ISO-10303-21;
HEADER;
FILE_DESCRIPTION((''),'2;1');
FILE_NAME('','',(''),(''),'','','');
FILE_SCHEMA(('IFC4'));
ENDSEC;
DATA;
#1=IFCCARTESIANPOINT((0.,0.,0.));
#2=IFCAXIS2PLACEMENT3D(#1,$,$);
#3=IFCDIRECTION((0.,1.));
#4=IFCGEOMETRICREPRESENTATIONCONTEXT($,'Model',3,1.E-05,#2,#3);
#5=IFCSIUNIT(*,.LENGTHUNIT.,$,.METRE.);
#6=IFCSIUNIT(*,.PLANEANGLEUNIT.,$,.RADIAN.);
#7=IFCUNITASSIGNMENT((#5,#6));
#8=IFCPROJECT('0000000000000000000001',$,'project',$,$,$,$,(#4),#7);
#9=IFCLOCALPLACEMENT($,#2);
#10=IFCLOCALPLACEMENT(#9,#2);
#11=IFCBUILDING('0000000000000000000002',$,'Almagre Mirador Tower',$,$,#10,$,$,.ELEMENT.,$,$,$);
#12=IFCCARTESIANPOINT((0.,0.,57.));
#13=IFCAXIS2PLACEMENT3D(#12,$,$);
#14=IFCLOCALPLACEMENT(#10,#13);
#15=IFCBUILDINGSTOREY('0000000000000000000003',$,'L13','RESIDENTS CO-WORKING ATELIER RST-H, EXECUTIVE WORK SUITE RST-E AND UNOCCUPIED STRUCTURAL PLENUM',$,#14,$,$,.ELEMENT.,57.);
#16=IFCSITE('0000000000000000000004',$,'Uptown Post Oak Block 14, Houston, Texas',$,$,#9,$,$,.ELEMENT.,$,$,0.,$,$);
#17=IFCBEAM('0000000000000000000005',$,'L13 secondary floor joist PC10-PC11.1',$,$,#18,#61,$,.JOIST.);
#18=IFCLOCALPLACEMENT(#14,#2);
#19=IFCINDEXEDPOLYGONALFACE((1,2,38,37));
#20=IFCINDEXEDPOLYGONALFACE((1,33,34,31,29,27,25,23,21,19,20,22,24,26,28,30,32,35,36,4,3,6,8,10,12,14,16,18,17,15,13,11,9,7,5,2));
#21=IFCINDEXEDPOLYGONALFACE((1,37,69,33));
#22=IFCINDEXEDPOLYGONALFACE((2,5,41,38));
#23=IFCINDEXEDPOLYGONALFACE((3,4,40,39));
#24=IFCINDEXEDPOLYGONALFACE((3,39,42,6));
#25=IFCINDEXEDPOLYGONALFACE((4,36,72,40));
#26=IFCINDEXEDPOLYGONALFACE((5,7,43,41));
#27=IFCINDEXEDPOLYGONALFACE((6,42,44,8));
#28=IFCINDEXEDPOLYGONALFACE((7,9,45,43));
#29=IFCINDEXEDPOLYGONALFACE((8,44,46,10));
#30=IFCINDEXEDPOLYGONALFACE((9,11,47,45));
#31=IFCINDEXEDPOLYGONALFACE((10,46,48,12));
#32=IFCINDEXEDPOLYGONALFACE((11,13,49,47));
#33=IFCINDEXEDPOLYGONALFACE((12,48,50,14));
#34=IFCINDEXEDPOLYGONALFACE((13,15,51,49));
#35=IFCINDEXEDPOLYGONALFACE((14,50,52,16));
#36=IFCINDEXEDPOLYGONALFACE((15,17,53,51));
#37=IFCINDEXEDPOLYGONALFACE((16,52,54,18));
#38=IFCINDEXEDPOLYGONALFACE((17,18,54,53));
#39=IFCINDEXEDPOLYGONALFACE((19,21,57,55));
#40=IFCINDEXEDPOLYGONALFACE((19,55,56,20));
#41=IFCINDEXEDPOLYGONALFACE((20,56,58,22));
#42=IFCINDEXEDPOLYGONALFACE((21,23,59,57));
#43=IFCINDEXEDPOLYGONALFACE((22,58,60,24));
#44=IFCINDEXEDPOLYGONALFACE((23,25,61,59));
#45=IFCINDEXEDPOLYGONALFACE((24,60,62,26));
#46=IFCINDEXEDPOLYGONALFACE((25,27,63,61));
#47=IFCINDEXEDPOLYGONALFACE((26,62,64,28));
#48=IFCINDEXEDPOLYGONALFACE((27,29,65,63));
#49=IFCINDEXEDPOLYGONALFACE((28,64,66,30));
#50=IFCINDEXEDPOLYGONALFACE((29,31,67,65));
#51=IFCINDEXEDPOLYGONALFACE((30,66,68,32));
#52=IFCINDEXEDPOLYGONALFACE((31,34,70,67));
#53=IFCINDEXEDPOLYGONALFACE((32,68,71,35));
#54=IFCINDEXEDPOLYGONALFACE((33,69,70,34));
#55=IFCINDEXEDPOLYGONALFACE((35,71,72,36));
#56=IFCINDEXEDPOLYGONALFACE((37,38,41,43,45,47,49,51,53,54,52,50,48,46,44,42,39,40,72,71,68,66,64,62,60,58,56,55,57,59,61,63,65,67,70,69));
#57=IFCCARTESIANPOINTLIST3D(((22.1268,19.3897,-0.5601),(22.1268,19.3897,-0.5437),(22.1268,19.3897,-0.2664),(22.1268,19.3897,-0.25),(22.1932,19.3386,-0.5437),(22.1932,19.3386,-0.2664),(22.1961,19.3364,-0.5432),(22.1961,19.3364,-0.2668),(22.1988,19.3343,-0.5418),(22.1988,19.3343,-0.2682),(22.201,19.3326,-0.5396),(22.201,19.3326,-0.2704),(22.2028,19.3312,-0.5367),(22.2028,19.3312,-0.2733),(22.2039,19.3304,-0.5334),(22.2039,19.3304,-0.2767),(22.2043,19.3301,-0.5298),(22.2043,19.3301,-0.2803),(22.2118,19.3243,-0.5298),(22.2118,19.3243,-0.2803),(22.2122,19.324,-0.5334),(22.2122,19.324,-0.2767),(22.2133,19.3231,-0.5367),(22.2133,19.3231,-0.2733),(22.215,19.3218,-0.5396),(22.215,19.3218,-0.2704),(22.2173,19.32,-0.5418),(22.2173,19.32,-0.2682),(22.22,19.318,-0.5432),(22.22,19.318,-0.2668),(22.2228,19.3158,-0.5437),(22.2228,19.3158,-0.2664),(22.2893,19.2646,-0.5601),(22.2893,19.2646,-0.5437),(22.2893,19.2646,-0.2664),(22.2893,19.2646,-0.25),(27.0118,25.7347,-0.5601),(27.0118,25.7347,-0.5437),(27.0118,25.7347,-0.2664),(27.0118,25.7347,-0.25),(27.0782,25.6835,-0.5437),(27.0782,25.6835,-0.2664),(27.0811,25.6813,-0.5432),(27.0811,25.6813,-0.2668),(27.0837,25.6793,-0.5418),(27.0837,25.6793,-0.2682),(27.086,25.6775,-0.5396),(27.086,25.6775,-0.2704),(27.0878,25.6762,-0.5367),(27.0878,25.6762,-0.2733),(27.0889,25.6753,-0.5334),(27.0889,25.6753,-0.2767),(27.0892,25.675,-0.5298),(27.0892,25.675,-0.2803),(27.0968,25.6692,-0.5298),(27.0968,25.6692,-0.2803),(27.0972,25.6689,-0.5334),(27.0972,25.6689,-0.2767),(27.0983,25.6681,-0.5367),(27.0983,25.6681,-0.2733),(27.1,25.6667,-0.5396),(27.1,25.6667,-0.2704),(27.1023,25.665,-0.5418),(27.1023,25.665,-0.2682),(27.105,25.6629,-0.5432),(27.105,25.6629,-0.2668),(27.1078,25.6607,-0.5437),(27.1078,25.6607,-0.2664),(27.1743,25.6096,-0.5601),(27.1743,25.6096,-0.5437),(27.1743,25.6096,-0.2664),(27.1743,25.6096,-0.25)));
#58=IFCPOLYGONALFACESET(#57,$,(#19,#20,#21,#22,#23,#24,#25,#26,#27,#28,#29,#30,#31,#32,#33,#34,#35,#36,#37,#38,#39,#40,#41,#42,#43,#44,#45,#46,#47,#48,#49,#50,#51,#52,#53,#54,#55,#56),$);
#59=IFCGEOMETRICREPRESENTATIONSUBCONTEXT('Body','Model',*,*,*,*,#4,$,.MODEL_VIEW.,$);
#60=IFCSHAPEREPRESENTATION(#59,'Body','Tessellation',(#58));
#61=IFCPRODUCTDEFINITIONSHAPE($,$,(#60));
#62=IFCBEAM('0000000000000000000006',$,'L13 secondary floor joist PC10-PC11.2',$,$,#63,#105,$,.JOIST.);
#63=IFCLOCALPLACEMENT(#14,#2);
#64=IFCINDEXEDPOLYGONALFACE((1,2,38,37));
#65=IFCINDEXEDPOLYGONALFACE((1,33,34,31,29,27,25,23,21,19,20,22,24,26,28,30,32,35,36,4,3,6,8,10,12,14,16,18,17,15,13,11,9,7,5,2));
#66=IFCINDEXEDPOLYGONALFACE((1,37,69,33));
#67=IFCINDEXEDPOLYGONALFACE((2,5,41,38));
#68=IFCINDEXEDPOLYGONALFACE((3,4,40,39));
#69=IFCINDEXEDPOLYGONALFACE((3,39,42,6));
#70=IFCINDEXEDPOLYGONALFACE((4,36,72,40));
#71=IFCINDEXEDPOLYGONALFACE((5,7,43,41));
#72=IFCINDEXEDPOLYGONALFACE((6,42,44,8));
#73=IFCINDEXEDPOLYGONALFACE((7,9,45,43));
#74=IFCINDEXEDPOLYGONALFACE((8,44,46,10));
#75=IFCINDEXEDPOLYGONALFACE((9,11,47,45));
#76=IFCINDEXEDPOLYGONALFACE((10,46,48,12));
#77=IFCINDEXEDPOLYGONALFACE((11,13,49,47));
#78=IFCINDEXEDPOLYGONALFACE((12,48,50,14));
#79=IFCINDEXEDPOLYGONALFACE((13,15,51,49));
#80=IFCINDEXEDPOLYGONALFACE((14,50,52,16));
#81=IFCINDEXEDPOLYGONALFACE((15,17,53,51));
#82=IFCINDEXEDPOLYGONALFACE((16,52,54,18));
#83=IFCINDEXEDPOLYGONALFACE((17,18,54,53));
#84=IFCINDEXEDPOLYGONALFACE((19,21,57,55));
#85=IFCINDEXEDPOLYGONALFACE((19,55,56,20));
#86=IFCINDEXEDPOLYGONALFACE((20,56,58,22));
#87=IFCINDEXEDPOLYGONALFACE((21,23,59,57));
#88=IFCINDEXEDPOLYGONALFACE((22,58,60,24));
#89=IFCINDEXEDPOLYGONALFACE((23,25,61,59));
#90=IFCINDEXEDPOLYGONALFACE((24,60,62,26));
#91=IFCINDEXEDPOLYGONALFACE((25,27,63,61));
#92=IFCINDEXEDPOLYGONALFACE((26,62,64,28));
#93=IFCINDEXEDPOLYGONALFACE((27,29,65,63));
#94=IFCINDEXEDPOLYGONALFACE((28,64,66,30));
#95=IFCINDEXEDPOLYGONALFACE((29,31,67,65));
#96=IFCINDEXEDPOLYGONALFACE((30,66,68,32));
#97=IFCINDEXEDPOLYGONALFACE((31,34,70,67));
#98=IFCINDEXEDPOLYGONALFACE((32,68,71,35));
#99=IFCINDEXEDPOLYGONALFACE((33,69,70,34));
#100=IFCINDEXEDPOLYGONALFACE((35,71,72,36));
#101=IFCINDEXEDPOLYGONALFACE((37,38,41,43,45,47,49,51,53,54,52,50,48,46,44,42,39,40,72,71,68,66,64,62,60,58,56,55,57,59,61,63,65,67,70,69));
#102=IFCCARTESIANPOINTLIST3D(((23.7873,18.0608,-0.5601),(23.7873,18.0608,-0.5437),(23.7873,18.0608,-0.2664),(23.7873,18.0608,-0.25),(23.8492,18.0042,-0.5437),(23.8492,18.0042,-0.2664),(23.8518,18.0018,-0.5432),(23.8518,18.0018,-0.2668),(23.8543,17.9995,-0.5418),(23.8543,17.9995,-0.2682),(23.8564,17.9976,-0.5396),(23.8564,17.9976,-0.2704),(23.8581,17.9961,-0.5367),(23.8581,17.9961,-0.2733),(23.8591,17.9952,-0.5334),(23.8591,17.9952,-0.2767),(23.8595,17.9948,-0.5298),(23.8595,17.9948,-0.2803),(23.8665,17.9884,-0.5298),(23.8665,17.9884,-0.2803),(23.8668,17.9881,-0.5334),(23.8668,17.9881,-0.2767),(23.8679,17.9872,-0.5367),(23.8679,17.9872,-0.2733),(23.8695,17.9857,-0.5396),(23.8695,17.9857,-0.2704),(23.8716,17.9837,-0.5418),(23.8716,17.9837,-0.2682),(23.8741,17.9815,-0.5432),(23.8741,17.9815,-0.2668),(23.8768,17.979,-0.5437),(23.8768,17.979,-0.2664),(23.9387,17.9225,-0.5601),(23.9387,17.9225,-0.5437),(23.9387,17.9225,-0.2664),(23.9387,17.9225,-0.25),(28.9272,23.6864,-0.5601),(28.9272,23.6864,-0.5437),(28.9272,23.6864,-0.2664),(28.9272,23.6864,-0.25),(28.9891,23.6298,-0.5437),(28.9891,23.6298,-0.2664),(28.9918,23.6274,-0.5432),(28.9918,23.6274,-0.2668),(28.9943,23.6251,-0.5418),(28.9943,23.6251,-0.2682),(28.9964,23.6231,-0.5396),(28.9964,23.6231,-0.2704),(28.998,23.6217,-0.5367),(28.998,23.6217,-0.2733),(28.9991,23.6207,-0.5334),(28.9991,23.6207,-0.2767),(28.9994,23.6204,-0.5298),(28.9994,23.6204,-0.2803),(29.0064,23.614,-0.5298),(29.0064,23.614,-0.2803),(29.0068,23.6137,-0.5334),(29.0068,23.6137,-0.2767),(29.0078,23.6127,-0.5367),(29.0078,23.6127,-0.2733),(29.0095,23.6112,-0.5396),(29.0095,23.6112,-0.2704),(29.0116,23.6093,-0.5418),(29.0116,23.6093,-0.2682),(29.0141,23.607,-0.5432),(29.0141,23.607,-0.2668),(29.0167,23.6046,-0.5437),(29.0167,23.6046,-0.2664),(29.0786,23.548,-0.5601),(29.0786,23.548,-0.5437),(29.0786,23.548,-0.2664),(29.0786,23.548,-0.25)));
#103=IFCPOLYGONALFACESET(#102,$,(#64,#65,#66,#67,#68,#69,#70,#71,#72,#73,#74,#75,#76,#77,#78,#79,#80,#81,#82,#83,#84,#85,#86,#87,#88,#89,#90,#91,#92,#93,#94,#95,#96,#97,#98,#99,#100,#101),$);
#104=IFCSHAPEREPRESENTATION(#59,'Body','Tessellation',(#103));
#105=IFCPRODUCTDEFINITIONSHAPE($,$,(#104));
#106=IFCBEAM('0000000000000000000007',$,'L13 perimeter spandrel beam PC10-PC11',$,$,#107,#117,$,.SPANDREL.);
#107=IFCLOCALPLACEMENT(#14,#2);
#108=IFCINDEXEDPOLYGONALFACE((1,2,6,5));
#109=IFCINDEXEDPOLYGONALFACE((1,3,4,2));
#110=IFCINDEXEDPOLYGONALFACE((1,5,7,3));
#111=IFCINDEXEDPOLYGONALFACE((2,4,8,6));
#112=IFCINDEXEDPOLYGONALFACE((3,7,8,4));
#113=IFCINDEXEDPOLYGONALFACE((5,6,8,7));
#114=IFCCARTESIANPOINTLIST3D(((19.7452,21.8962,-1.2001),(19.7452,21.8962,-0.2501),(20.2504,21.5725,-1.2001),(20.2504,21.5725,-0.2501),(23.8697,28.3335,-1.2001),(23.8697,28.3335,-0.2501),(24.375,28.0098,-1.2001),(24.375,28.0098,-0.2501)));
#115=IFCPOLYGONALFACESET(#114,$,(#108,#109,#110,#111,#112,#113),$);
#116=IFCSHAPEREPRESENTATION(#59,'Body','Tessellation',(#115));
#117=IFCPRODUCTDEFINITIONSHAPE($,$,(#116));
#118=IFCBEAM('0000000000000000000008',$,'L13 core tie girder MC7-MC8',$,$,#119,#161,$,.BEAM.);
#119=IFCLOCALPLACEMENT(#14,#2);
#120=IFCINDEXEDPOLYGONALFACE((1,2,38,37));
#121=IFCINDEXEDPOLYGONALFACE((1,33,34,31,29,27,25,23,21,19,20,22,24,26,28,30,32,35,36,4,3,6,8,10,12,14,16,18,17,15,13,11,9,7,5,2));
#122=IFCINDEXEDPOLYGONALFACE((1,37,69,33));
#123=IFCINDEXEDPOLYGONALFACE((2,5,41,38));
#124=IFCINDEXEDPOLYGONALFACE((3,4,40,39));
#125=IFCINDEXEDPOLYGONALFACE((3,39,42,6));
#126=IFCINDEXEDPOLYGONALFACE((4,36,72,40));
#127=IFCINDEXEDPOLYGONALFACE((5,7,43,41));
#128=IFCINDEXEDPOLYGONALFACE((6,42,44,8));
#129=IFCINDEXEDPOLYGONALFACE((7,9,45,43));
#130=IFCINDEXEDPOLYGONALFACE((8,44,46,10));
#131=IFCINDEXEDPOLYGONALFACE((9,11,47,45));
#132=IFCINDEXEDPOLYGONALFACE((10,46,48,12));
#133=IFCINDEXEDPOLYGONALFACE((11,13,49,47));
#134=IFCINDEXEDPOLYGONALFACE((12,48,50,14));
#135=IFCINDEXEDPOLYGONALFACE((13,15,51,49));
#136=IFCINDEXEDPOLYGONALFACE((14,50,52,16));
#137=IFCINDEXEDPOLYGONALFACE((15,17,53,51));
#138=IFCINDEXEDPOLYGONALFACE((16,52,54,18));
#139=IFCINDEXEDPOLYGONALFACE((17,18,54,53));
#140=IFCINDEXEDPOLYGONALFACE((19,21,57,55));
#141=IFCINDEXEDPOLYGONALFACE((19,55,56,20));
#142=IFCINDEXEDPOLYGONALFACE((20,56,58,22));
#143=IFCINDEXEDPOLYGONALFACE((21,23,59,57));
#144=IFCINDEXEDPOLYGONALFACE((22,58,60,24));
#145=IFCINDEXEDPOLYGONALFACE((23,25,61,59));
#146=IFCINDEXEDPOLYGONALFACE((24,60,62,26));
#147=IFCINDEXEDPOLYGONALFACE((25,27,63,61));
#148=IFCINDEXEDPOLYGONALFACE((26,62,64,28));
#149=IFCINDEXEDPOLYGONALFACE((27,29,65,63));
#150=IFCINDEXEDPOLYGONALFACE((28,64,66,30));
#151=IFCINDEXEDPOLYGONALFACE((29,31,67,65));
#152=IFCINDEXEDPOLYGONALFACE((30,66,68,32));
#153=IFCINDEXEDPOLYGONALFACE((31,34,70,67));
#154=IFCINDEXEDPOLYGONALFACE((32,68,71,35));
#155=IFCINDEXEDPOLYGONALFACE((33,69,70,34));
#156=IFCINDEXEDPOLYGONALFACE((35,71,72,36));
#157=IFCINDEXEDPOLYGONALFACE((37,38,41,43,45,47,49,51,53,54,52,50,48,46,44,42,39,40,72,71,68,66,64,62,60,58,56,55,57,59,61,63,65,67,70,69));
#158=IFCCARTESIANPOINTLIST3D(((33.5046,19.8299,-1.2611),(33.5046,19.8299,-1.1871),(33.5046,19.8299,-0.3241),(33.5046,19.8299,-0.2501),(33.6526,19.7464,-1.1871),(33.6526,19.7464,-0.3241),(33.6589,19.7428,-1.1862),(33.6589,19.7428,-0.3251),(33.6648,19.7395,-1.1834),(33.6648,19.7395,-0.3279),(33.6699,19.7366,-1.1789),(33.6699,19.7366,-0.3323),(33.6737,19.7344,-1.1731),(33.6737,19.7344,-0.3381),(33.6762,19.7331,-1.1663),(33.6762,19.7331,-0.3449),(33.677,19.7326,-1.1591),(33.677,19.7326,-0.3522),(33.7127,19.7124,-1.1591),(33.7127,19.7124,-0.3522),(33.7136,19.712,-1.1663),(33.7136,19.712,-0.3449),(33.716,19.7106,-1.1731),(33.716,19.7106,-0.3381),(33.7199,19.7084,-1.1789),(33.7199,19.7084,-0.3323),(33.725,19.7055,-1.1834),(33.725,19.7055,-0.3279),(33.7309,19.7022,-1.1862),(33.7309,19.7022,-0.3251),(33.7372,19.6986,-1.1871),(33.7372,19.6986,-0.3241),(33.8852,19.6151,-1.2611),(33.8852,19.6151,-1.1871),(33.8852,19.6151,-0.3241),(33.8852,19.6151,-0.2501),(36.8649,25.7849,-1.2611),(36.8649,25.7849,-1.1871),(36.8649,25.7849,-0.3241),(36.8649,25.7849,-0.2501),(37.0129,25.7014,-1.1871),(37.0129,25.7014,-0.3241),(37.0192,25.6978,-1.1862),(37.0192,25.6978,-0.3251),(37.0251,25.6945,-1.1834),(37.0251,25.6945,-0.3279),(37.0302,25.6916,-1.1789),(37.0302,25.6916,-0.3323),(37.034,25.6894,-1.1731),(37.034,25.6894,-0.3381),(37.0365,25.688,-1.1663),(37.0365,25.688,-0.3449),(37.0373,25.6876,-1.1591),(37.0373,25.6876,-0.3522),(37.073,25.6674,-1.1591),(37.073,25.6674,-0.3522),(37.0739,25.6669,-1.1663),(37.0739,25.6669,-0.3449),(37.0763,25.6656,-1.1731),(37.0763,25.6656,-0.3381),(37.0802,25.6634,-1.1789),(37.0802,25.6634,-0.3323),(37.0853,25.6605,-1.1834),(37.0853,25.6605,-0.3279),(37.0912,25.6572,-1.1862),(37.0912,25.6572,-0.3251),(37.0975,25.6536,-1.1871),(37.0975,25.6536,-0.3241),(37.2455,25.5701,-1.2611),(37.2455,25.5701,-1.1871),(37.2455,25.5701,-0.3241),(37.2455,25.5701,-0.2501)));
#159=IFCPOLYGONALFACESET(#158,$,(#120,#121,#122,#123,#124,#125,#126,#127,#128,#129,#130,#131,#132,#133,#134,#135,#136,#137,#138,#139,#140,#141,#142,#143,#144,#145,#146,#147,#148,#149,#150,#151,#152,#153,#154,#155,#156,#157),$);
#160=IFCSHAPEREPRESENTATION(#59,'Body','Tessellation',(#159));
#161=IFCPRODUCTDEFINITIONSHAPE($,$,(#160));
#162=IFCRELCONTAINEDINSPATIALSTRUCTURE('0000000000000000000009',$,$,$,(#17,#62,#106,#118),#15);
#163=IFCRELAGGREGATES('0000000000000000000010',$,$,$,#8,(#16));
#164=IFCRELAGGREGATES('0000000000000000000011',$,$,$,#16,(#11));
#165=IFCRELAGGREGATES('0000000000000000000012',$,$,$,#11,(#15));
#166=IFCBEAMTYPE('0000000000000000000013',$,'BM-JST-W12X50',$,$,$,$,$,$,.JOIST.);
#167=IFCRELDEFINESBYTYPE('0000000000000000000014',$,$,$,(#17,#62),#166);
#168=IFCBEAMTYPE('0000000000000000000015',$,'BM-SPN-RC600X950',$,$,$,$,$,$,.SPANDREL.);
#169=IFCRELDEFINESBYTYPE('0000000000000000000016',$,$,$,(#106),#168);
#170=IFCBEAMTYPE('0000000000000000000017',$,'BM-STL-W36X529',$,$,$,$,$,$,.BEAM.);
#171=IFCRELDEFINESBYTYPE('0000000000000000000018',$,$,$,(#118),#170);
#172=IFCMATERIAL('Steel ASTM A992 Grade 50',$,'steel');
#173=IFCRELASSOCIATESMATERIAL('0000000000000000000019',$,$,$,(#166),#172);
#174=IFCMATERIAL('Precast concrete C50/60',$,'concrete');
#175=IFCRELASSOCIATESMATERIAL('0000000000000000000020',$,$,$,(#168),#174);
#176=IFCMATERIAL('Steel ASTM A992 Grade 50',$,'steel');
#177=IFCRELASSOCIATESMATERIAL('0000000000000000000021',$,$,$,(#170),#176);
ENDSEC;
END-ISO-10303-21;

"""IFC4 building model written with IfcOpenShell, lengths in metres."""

from ifc_helpers import new_model, si_unit, direction, frame, origin, origin_2d, place, context, subcontext, project, spatial, rectangle, i_section, extrude, material, material_profile, profile_set, type_object, element, save


model = new_model("IFC4")

# Units and contexts
model_context = context("Model", 3, precision=1e-05, world=origin(), true_north=direction((0.0, 1.0)))
body_context = subcontext(model_context, "Body", "Model", "MODEL_VIEW")
ifc_project = project(units=[si_unit("LENGTHUNIT", "METRE"), si_unit("PLANEANGLEUNIT", "RADIAN")], contexts=[model_context])

# Site, building, storey
site_placement = place(None, origin())
site = spatial("IfcSite", under=ifc_project, at=site_placement, Name="Uptown Post Oak Block 14, Houston, Texas", CompositionType="ELEMENT", RefElevation=0.0)
building_placement = place(site_placement, origin())
building = spatial("IfcBuilding", under=site, at=building_placement, Name="Almagre Mirador Tower", CompositionType="ELEMENT")
storey_placement = place(building_placement, frame((0.0, 0.0, 57.0)))
storey = spatial("IfcBuildingStorey", under=building, at=storey_placement, Name="L13", Description="RESIDENTS CO-WORKING ATELIER RST-H, EXECUTIVE WORK SUITE RST-E AND UNOCCUPIED STRUCTURAL PLENUM", CompositionType="ELEMENT", Elevation=57.0)

# Beams
ifc_material_1 = material(Name="Steel ASTM A992 Grade 50", Category="steel")
ifc_material_profile_1 = material_profile(ifc_material_1, i_section(OverallWidth=0.2051, OverallDepth=0.3101, WebThickness=0.0095, FlangeThickness=0.0164, FilletRadius=0.0139, at=origin_2d()), Name="W12X50")
ifc_profile_set_1 = profile_set([ifc_material_profile_1], Name="Steel ASTM A992 Grade 50")
beam_type_1 = type_object("IfcBeamType", Name="BM-JST-W12X50", PredefinedType="JOIST", material=ifc_profile_set_1)
beam_1_placement = place(storey_placement, frame((27.093, 25.6721, -0.405), z_axis=(-0.610045, -0.792367, 0.0), x_axis=(0.792367, -0.610045, 0.0)))
element("IfcBeam", 1, at=beam_1_placement, inside=storey, type_object=beam_type_1, Name="L13 secondary floor joist PC10-PC11.1", PredefinedType="JOIST", context=body_context, shape_type="SweptSolid", body=[
    extrude(i_section(OverallWidth=0.2051, OverallDepth=0.3101, WebThickness=0.0095, FlangeThickness=0.0164, FilletRadius=0.0139, at=origin_2d()), origin(), (0.0, 0.0, 1.0), 8.0076),
])
beam_2_placement = place(storey_placement, frame((29.0029, 23.6172, -0.405), z_axis=(-0.674525, -0.738252, 0.0), x_axis=(0.738252, -0.674525, 0.0)))
element("IfcBeam", 2, at=beam_2_placement, inside=storey, type_object=beam_type_1, Name="L13 secondary floor joist PC10-PC11.2", PredefinedType="JOIST", context=body_context, shape_type="SweptSolid", body=[
    extrude(i_section(OverallWidth=0.2051, OverallDepth=0.3101, WebThickness=0.0095, FlangeThickness=0.0164, FilletRadius=0.0139, at=origin_2d()), origin(), (0.0, 0.0, 1.0), 7.6201),
])
ifc_material_2 = material(Name="Precast concrete C50/60", Category="concrete")
ifc_material_profile_2 = material_profile(ifc_material_2, rectangle(XDim=0.6001, YDim=0.95, at=origin_2d()), Name="RC600X950")
ifc_profile_set_2 = profile_set([ifc_material_profile_2], Name="Precast concrete C50/60")
beam_type_2 = type_object("IfcBeamType", Name="BM-SPN-RC600X950", PredefinedType="SPANDREL", material=ifc_profile_set_2)
beam_3_placement = place(storey_placement, frame((24.1223, 28.1716, -0.7251), z_axis=(-0.539487, -0.841994, 0.0), x_axis=(0.841994, -0.539487, 0.0)))
element("IfcBeam", 3, at=beam_3_placement, inside=storey, type_object=beam_type_2, Name="L13 perimeter spandrel beam PC10-PC11", PredefinedType="SPANDREL", context=body_context, shape_type="SweptSolid", body=[
    extrude(rectangle(XDim=0.6001, YDim=0.95, at=origin_2d()), origin(), (0.0, 0.0, 1.0), 7.6453),
])
ifc_material_3 = material(Name="Steel ASTM A992 Grade 50", Category="steel")
ifc_material_profile_3 = material_profile(ifc_material_3, i_section(OverallWidth=0.437, OverallDepth=1.011, WebThickness=0.041, FlangeThickness=0.074, FilletRadius=0.0281, at=origin_2d()), Name="W36X529")
ifc_profile_set_3 = profile_set([ifc_material_profile_3], Name="Steel ASTM A992 Grade 50")
beam_type_3 = type_object("IfcBeamType", Name="BM-STL-W36X529", PredefinedType="BEAM", material=ifc_profile_set_3)
beam_4_placement = place(storey_placement, frame((37.0552, 25.6775, -0.7556), z_axis=(-0.491441, -0.870911, 0.0), x_axis=(0.870911, -0.491441, 0.0)))
element("IfcBeam", 4, at=beam_4_placement, inside=storey, type_object=beam_type_3, Name="L13 core tie girder MC7-MC8", PredefinedType="BEAM", context=body_context, shape_type="SweptSolid", body=[
    extrude(i_section(OverallWidth=0.437, OverallDepth=1.011, WebThickness=0.041, FlangeThickness=0.074, FilletRadius=0.0281, at=origin_2d()), origin(), (0.0, 0.0, 1.0), 6.8376),
])

save(model, "model.ifc")
